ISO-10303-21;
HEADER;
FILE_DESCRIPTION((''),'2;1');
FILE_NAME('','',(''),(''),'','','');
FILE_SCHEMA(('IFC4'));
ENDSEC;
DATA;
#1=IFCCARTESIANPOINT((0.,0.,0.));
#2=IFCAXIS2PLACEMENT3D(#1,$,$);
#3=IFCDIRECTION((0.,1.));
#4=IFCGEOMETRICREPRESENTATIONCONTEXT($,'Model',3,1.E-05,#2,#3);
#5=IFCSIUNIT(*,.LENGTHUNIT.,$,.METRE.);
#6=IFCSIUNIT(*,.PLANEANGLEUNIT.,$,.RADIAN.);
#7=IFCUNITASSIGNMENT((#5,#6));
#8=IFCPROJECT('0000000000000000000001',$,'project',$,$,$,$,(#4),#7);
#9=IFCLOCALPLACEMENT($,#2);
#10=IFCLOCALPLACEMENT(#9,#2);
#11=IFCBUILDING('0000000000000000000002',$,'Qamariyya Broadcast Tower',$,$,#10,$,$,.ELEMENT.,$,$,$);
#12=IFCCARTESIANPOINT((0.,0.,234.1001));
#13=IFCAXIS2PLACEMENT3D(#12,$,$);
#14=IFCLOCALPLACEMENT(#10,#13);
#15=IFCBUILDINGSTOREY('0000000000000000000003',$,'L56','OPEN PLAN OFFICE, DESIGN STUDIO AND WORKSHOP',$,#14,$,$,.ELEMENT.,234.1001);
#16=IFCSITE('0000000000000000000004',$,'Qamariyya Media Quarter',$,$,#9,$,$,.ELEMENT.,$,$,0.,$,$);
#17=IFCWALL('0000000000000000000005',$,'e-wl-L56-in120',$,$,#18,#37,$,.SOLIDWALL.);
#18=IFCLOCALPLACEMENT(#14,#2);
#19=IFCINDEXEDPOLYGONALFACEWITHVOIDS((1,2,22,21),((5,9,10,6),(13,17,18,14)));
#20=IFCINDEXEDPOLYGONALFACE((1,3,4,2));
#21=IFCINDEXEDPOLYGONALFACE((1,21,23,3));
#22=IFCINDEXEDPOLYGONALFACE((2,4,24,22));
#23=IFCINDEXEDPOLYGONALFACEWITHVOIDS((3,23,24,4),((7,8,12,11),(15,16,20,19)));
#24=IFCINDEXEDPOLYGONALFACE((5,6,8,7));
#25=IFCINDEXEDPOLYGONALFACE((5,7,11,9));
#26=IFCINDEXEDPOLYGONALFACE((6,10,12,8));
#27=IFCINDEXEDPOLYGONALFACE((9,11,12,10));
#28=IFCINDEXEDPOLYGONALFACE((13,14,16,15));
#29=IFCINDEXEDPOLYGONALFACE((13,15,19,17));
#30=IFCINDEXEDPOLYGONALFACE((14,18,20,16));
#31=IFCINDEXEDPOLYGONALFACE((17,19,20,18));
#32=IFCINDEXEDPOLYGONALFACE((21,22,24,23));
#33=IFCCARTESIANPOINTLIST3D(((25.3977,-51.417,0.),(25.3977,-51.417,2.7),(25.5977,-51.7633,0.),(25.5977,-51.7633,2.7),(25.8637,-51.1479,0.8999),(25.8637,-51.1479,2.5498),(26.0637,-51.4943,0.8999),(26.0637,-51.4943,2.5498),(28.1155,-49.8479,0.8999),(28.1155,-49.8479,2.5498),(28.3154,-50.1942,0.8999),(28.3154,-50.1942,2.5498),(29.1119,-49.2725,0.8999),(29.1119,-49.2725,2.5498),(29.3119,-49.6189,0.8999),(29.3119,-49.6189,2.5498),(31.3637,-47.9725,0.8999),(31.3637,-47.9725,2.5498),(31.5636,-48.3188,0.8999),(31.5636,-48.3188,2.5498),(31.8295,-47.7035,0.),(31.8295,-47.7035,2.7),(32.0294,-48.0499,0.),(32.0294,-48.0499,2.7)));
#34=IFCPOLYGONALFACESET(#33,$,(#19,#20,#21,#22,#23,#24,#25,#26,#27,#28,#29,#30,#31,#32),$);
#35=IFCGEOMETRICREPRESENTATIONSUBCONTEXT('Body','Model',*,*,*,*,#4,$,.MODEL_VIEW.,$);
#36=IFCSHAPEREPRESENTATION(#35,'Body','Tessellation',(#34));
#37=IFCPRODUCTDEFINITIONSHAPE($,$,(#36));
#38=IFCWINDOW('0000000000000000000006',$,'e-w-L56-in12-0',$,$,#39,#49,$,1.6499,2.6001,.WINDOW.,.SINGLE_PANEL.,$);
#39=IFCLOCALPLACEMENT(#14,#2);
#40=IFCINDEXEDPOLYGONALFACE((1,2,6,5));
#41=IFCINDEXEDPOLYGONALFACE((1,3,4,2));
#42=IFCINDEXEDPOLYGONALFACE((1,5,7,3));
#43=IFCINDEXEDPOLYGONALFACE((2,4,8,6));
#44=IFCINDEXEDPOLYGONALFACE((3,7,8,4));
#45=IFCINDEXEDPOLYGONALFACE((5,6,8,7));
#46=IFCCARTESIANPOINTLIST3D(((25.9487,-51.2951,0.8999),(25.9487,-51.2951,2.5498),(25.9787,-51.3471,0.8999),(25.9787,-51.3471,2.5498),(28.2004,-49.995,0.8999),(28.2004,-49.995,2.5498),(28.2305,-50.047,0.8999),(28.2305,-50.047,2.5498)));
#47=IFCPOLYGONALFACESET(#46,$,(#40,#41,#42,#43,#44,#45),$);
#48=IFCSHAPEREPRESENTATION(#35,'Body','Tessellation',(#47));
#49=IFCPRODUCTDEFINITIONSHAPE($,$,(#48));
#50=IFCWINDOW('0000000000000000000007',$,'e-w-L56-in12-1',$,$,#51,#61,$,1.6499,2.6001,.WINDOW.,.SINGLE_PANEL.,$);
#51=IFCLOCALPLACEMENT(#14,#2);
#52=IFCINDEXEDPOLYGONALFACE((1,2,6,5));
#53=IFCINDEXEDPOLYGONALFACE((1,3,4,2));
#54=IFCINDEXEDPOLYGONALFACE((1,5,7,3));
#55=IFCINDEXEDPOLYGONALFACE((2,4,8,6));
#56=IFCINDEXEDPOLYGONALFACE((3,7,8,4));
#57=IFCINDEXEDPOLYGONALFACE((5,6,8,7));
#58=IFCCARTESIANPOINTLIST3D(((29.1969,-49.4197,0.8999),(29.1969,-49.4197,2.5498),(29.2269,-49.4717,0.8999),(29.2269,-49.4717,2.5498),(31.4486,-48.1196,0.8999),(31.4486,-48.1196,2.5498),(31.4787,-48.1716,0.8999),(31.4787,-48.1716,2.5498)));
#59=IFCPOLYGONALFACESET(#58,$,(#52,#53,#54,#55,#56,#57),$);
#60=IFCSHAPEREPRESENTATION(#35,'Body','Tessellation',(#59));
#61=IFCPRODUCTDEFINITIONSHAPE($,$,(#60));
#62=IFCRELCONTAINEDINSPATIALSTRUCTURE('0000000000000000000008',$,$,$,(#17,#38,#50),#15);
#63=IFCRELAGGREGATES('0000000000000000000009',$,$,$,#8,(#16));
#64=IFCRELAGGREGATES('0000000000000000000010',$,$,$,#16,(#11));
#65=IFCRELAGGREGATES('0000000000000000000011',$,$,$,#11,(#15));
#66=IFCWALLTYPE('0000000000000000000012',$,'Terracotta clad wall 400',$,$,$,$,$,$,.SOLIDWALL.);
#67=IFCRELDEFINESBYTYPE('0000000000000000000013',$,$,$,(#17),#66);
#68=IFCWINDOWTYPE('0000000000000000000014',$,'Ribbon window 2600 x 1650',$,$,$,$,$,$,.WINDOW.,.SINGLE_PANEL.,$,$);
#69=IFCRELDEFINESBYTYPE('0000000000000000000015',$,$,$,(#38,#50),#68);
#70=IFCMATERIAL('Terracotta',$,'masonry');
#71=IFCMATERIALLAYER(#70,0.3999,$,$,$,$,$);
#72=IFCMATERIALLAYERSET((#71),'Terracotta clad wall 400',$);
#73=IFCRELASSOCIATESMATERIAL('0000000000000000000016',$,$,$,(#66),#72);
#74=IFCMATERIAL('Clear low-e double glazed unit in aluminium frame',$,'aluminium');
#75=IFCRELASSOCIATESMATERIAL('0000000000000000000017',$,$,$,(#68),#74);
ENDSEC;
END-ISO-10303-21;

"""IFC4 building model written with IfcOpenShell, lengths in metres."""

from ifc_helpers import new_model, si_unit, direction, frame, frame_2d, origin, place, context, subcontext, project, spatial, rectangle, extrude, material, layer, layer_set, type_object, element, fill, save


model = new_model("IFC4")

# Units and contexts
model_context = context("Model", 3, precision=1e-05, world=origin(), true_north=direction((0.0, 1.0)))
body_context = subcontext(model_context, "Body", "Model", "MODEL_VIEW")
ifc_project = project(units=[si_unit("LENGTHUNIT", "METRE"), si_unit("PLANEANGLEUNIT", "RADIAN")], contexts=[model_context])

# Site, building, storey
site_placement = place(None, origin())
building_placement = place(site_placement, origin())
storey_placement = place(building_placement, frame((0.0, 0.0, 234.1001)))
site = spatial("IfcSite", under=ifc_project, at=site_placement, Name="Qamariyya Media Quarter", CompositionType="ELEMENT", RefElevation=0.0)
building = spatial("IfcBuilding", under=site, at=building_placement, Name="Qamariyya Broadcast Tower", CompositionType="ELEMENT")
storey = spatial("IfcBuildingStorey", under=building, at=storey_placement, Name="L56", Description="OPEN PLAN OFFICE, DESIGN STUDIO AND WORKSHOP", CompositionType="ELEMENT", Elevation=234.1001)

# Wall, openings, windows
ifc_material_1 = material(Name="Terracotta", Category="masonry")
ifc_layer = layer(ifc_material_1, 0.3999)
ifc_layer_set = layer_set([ifc_layer], Name="Terracotta clad wall 400")
wall_type = type_object("IfcWallType", Name="Terracotta clad wall 400", PredefinedType="SOLIDWALL", material=ifc_layer_set)
wall_placement = place(storey_placement, frame((31.9294, -47.8767, 0.0), z_axis=(0.0, 0.0, 1.0), x_axis=(-0.866021, -0.500007, 0.0)))
wall = element("IfcWall", 1, at=wall_placement, inside=storey, type_object=wall_type, Name="e-wl-L56-in120", PredefinedType="SOLIDWALL", context=body_context, shape_type="SweptSolid", body=[
    extrude(rectangle(XDim=7.4268, YDim=0.3999, at=frame_2d((3.7134, 0.0))), origin(), (0.0, 0.0, 1.0), 2.7),
])
opening_1_placement = place(wall_placement, frame((4.2886, 0.0, 0.8999)))
opening_1 = element("IfcOpeningElement", 2, at=opening_1_placement, cuts=wall, PredefinedType="OPENING", context=body_context, shape_type="SweptSolid", body=[
    extrude(rectangle(XDim=2.6001, YDim=1.6499, at=frame_2d((1.3, 0.825))), frame((0.0, 0.21, 0.0), z_axis=(0.0, -1.0, 0.0), x_axis=(1.0, 0.0, 0.0)), (0.0, 0.0, 1.0), 0.4199),
])
opening_2_placement = place(wall_placement, frame((0.5378, 0.0, 0.8999)))
opening_2 = element("IfcOpeningElement", 3, at=opening_2_placement, cuts=wall, PredefinedType="OPENING", context=body_context, shape_type="SweptSolid", body=[
    extrude(rectangle(XDim=2.6001, YDim=1.6499, at=frame_2d((1.3, 0.825))), frame((0.0, 0.21, 0.0), z_axis=(0.0, -1.0, 0.0), x_axis=(1.0, 0.0, 0.0)), (0.0, 0.0, 1.0), 0.4199),
])
ifc_material_2 = material(Name="Clear low-e double glazed unit in aluminium frame", Category="aluminium")
window_type = type_object("IfcWindowType", Name="Ribbon window 2600 x 1650", PartitioningType="SINGLE_PANEL", PredefinedType="WINDOW", material=ifc_material_2)
window_1_placement = place(opening_1_placement, origin())
window_1 = element("IfcWindow", 4, at=window_1_placement, inside=storey, type_object=window_type, Name="e-w-L56-in12-0", OverallHeight=1.6499, OverallWidth=2.6001, PartitioningType="SINGLE_PANEL", PredefinedType="WINDOW", context=body_context, shape_type="SweptSolid", body=[
    extrude(rectangle(XDim=2.6001, YDim=1.6499, at=frame_2d((1.3, 0.825))), frame((0.0, 0.03, 0.0), z_axis=(0.0, -1.0, 0.0), x_axis=(1.0, 0.0, 0.0)), (0.0, 0.0, 1.0), 0.0601),
])
fill(opening_1, window_1)
window_2_placement = place(opening_2_placement, origin())
window_2 = element("IfcWindow", 5, at=window_2_placement, inside=storey, type_object=window_type, Name="e-w-L56-in12-1", OverallHeight=1.6499, OverallWidth=2.6001, PartitioningType="SINGLE_PANEL", PredefinedType="WINDOW", context=body_context, shape_type="SweptSolid", body=[
    extrude(rectangle(XDim=2.6001, YDim=1.6499, at=frame_2d((1.3, 0.825))), frame((0.0, 0.03, 0.0), z_axis=(0.0, -1.0, 0.0), x_axis=(1.0, 0.0, 0.0)), (0.0, 0.0, 1.0), 0.0601),
])
fill(opening_2, window_2)

save(model, "model.ifc")
